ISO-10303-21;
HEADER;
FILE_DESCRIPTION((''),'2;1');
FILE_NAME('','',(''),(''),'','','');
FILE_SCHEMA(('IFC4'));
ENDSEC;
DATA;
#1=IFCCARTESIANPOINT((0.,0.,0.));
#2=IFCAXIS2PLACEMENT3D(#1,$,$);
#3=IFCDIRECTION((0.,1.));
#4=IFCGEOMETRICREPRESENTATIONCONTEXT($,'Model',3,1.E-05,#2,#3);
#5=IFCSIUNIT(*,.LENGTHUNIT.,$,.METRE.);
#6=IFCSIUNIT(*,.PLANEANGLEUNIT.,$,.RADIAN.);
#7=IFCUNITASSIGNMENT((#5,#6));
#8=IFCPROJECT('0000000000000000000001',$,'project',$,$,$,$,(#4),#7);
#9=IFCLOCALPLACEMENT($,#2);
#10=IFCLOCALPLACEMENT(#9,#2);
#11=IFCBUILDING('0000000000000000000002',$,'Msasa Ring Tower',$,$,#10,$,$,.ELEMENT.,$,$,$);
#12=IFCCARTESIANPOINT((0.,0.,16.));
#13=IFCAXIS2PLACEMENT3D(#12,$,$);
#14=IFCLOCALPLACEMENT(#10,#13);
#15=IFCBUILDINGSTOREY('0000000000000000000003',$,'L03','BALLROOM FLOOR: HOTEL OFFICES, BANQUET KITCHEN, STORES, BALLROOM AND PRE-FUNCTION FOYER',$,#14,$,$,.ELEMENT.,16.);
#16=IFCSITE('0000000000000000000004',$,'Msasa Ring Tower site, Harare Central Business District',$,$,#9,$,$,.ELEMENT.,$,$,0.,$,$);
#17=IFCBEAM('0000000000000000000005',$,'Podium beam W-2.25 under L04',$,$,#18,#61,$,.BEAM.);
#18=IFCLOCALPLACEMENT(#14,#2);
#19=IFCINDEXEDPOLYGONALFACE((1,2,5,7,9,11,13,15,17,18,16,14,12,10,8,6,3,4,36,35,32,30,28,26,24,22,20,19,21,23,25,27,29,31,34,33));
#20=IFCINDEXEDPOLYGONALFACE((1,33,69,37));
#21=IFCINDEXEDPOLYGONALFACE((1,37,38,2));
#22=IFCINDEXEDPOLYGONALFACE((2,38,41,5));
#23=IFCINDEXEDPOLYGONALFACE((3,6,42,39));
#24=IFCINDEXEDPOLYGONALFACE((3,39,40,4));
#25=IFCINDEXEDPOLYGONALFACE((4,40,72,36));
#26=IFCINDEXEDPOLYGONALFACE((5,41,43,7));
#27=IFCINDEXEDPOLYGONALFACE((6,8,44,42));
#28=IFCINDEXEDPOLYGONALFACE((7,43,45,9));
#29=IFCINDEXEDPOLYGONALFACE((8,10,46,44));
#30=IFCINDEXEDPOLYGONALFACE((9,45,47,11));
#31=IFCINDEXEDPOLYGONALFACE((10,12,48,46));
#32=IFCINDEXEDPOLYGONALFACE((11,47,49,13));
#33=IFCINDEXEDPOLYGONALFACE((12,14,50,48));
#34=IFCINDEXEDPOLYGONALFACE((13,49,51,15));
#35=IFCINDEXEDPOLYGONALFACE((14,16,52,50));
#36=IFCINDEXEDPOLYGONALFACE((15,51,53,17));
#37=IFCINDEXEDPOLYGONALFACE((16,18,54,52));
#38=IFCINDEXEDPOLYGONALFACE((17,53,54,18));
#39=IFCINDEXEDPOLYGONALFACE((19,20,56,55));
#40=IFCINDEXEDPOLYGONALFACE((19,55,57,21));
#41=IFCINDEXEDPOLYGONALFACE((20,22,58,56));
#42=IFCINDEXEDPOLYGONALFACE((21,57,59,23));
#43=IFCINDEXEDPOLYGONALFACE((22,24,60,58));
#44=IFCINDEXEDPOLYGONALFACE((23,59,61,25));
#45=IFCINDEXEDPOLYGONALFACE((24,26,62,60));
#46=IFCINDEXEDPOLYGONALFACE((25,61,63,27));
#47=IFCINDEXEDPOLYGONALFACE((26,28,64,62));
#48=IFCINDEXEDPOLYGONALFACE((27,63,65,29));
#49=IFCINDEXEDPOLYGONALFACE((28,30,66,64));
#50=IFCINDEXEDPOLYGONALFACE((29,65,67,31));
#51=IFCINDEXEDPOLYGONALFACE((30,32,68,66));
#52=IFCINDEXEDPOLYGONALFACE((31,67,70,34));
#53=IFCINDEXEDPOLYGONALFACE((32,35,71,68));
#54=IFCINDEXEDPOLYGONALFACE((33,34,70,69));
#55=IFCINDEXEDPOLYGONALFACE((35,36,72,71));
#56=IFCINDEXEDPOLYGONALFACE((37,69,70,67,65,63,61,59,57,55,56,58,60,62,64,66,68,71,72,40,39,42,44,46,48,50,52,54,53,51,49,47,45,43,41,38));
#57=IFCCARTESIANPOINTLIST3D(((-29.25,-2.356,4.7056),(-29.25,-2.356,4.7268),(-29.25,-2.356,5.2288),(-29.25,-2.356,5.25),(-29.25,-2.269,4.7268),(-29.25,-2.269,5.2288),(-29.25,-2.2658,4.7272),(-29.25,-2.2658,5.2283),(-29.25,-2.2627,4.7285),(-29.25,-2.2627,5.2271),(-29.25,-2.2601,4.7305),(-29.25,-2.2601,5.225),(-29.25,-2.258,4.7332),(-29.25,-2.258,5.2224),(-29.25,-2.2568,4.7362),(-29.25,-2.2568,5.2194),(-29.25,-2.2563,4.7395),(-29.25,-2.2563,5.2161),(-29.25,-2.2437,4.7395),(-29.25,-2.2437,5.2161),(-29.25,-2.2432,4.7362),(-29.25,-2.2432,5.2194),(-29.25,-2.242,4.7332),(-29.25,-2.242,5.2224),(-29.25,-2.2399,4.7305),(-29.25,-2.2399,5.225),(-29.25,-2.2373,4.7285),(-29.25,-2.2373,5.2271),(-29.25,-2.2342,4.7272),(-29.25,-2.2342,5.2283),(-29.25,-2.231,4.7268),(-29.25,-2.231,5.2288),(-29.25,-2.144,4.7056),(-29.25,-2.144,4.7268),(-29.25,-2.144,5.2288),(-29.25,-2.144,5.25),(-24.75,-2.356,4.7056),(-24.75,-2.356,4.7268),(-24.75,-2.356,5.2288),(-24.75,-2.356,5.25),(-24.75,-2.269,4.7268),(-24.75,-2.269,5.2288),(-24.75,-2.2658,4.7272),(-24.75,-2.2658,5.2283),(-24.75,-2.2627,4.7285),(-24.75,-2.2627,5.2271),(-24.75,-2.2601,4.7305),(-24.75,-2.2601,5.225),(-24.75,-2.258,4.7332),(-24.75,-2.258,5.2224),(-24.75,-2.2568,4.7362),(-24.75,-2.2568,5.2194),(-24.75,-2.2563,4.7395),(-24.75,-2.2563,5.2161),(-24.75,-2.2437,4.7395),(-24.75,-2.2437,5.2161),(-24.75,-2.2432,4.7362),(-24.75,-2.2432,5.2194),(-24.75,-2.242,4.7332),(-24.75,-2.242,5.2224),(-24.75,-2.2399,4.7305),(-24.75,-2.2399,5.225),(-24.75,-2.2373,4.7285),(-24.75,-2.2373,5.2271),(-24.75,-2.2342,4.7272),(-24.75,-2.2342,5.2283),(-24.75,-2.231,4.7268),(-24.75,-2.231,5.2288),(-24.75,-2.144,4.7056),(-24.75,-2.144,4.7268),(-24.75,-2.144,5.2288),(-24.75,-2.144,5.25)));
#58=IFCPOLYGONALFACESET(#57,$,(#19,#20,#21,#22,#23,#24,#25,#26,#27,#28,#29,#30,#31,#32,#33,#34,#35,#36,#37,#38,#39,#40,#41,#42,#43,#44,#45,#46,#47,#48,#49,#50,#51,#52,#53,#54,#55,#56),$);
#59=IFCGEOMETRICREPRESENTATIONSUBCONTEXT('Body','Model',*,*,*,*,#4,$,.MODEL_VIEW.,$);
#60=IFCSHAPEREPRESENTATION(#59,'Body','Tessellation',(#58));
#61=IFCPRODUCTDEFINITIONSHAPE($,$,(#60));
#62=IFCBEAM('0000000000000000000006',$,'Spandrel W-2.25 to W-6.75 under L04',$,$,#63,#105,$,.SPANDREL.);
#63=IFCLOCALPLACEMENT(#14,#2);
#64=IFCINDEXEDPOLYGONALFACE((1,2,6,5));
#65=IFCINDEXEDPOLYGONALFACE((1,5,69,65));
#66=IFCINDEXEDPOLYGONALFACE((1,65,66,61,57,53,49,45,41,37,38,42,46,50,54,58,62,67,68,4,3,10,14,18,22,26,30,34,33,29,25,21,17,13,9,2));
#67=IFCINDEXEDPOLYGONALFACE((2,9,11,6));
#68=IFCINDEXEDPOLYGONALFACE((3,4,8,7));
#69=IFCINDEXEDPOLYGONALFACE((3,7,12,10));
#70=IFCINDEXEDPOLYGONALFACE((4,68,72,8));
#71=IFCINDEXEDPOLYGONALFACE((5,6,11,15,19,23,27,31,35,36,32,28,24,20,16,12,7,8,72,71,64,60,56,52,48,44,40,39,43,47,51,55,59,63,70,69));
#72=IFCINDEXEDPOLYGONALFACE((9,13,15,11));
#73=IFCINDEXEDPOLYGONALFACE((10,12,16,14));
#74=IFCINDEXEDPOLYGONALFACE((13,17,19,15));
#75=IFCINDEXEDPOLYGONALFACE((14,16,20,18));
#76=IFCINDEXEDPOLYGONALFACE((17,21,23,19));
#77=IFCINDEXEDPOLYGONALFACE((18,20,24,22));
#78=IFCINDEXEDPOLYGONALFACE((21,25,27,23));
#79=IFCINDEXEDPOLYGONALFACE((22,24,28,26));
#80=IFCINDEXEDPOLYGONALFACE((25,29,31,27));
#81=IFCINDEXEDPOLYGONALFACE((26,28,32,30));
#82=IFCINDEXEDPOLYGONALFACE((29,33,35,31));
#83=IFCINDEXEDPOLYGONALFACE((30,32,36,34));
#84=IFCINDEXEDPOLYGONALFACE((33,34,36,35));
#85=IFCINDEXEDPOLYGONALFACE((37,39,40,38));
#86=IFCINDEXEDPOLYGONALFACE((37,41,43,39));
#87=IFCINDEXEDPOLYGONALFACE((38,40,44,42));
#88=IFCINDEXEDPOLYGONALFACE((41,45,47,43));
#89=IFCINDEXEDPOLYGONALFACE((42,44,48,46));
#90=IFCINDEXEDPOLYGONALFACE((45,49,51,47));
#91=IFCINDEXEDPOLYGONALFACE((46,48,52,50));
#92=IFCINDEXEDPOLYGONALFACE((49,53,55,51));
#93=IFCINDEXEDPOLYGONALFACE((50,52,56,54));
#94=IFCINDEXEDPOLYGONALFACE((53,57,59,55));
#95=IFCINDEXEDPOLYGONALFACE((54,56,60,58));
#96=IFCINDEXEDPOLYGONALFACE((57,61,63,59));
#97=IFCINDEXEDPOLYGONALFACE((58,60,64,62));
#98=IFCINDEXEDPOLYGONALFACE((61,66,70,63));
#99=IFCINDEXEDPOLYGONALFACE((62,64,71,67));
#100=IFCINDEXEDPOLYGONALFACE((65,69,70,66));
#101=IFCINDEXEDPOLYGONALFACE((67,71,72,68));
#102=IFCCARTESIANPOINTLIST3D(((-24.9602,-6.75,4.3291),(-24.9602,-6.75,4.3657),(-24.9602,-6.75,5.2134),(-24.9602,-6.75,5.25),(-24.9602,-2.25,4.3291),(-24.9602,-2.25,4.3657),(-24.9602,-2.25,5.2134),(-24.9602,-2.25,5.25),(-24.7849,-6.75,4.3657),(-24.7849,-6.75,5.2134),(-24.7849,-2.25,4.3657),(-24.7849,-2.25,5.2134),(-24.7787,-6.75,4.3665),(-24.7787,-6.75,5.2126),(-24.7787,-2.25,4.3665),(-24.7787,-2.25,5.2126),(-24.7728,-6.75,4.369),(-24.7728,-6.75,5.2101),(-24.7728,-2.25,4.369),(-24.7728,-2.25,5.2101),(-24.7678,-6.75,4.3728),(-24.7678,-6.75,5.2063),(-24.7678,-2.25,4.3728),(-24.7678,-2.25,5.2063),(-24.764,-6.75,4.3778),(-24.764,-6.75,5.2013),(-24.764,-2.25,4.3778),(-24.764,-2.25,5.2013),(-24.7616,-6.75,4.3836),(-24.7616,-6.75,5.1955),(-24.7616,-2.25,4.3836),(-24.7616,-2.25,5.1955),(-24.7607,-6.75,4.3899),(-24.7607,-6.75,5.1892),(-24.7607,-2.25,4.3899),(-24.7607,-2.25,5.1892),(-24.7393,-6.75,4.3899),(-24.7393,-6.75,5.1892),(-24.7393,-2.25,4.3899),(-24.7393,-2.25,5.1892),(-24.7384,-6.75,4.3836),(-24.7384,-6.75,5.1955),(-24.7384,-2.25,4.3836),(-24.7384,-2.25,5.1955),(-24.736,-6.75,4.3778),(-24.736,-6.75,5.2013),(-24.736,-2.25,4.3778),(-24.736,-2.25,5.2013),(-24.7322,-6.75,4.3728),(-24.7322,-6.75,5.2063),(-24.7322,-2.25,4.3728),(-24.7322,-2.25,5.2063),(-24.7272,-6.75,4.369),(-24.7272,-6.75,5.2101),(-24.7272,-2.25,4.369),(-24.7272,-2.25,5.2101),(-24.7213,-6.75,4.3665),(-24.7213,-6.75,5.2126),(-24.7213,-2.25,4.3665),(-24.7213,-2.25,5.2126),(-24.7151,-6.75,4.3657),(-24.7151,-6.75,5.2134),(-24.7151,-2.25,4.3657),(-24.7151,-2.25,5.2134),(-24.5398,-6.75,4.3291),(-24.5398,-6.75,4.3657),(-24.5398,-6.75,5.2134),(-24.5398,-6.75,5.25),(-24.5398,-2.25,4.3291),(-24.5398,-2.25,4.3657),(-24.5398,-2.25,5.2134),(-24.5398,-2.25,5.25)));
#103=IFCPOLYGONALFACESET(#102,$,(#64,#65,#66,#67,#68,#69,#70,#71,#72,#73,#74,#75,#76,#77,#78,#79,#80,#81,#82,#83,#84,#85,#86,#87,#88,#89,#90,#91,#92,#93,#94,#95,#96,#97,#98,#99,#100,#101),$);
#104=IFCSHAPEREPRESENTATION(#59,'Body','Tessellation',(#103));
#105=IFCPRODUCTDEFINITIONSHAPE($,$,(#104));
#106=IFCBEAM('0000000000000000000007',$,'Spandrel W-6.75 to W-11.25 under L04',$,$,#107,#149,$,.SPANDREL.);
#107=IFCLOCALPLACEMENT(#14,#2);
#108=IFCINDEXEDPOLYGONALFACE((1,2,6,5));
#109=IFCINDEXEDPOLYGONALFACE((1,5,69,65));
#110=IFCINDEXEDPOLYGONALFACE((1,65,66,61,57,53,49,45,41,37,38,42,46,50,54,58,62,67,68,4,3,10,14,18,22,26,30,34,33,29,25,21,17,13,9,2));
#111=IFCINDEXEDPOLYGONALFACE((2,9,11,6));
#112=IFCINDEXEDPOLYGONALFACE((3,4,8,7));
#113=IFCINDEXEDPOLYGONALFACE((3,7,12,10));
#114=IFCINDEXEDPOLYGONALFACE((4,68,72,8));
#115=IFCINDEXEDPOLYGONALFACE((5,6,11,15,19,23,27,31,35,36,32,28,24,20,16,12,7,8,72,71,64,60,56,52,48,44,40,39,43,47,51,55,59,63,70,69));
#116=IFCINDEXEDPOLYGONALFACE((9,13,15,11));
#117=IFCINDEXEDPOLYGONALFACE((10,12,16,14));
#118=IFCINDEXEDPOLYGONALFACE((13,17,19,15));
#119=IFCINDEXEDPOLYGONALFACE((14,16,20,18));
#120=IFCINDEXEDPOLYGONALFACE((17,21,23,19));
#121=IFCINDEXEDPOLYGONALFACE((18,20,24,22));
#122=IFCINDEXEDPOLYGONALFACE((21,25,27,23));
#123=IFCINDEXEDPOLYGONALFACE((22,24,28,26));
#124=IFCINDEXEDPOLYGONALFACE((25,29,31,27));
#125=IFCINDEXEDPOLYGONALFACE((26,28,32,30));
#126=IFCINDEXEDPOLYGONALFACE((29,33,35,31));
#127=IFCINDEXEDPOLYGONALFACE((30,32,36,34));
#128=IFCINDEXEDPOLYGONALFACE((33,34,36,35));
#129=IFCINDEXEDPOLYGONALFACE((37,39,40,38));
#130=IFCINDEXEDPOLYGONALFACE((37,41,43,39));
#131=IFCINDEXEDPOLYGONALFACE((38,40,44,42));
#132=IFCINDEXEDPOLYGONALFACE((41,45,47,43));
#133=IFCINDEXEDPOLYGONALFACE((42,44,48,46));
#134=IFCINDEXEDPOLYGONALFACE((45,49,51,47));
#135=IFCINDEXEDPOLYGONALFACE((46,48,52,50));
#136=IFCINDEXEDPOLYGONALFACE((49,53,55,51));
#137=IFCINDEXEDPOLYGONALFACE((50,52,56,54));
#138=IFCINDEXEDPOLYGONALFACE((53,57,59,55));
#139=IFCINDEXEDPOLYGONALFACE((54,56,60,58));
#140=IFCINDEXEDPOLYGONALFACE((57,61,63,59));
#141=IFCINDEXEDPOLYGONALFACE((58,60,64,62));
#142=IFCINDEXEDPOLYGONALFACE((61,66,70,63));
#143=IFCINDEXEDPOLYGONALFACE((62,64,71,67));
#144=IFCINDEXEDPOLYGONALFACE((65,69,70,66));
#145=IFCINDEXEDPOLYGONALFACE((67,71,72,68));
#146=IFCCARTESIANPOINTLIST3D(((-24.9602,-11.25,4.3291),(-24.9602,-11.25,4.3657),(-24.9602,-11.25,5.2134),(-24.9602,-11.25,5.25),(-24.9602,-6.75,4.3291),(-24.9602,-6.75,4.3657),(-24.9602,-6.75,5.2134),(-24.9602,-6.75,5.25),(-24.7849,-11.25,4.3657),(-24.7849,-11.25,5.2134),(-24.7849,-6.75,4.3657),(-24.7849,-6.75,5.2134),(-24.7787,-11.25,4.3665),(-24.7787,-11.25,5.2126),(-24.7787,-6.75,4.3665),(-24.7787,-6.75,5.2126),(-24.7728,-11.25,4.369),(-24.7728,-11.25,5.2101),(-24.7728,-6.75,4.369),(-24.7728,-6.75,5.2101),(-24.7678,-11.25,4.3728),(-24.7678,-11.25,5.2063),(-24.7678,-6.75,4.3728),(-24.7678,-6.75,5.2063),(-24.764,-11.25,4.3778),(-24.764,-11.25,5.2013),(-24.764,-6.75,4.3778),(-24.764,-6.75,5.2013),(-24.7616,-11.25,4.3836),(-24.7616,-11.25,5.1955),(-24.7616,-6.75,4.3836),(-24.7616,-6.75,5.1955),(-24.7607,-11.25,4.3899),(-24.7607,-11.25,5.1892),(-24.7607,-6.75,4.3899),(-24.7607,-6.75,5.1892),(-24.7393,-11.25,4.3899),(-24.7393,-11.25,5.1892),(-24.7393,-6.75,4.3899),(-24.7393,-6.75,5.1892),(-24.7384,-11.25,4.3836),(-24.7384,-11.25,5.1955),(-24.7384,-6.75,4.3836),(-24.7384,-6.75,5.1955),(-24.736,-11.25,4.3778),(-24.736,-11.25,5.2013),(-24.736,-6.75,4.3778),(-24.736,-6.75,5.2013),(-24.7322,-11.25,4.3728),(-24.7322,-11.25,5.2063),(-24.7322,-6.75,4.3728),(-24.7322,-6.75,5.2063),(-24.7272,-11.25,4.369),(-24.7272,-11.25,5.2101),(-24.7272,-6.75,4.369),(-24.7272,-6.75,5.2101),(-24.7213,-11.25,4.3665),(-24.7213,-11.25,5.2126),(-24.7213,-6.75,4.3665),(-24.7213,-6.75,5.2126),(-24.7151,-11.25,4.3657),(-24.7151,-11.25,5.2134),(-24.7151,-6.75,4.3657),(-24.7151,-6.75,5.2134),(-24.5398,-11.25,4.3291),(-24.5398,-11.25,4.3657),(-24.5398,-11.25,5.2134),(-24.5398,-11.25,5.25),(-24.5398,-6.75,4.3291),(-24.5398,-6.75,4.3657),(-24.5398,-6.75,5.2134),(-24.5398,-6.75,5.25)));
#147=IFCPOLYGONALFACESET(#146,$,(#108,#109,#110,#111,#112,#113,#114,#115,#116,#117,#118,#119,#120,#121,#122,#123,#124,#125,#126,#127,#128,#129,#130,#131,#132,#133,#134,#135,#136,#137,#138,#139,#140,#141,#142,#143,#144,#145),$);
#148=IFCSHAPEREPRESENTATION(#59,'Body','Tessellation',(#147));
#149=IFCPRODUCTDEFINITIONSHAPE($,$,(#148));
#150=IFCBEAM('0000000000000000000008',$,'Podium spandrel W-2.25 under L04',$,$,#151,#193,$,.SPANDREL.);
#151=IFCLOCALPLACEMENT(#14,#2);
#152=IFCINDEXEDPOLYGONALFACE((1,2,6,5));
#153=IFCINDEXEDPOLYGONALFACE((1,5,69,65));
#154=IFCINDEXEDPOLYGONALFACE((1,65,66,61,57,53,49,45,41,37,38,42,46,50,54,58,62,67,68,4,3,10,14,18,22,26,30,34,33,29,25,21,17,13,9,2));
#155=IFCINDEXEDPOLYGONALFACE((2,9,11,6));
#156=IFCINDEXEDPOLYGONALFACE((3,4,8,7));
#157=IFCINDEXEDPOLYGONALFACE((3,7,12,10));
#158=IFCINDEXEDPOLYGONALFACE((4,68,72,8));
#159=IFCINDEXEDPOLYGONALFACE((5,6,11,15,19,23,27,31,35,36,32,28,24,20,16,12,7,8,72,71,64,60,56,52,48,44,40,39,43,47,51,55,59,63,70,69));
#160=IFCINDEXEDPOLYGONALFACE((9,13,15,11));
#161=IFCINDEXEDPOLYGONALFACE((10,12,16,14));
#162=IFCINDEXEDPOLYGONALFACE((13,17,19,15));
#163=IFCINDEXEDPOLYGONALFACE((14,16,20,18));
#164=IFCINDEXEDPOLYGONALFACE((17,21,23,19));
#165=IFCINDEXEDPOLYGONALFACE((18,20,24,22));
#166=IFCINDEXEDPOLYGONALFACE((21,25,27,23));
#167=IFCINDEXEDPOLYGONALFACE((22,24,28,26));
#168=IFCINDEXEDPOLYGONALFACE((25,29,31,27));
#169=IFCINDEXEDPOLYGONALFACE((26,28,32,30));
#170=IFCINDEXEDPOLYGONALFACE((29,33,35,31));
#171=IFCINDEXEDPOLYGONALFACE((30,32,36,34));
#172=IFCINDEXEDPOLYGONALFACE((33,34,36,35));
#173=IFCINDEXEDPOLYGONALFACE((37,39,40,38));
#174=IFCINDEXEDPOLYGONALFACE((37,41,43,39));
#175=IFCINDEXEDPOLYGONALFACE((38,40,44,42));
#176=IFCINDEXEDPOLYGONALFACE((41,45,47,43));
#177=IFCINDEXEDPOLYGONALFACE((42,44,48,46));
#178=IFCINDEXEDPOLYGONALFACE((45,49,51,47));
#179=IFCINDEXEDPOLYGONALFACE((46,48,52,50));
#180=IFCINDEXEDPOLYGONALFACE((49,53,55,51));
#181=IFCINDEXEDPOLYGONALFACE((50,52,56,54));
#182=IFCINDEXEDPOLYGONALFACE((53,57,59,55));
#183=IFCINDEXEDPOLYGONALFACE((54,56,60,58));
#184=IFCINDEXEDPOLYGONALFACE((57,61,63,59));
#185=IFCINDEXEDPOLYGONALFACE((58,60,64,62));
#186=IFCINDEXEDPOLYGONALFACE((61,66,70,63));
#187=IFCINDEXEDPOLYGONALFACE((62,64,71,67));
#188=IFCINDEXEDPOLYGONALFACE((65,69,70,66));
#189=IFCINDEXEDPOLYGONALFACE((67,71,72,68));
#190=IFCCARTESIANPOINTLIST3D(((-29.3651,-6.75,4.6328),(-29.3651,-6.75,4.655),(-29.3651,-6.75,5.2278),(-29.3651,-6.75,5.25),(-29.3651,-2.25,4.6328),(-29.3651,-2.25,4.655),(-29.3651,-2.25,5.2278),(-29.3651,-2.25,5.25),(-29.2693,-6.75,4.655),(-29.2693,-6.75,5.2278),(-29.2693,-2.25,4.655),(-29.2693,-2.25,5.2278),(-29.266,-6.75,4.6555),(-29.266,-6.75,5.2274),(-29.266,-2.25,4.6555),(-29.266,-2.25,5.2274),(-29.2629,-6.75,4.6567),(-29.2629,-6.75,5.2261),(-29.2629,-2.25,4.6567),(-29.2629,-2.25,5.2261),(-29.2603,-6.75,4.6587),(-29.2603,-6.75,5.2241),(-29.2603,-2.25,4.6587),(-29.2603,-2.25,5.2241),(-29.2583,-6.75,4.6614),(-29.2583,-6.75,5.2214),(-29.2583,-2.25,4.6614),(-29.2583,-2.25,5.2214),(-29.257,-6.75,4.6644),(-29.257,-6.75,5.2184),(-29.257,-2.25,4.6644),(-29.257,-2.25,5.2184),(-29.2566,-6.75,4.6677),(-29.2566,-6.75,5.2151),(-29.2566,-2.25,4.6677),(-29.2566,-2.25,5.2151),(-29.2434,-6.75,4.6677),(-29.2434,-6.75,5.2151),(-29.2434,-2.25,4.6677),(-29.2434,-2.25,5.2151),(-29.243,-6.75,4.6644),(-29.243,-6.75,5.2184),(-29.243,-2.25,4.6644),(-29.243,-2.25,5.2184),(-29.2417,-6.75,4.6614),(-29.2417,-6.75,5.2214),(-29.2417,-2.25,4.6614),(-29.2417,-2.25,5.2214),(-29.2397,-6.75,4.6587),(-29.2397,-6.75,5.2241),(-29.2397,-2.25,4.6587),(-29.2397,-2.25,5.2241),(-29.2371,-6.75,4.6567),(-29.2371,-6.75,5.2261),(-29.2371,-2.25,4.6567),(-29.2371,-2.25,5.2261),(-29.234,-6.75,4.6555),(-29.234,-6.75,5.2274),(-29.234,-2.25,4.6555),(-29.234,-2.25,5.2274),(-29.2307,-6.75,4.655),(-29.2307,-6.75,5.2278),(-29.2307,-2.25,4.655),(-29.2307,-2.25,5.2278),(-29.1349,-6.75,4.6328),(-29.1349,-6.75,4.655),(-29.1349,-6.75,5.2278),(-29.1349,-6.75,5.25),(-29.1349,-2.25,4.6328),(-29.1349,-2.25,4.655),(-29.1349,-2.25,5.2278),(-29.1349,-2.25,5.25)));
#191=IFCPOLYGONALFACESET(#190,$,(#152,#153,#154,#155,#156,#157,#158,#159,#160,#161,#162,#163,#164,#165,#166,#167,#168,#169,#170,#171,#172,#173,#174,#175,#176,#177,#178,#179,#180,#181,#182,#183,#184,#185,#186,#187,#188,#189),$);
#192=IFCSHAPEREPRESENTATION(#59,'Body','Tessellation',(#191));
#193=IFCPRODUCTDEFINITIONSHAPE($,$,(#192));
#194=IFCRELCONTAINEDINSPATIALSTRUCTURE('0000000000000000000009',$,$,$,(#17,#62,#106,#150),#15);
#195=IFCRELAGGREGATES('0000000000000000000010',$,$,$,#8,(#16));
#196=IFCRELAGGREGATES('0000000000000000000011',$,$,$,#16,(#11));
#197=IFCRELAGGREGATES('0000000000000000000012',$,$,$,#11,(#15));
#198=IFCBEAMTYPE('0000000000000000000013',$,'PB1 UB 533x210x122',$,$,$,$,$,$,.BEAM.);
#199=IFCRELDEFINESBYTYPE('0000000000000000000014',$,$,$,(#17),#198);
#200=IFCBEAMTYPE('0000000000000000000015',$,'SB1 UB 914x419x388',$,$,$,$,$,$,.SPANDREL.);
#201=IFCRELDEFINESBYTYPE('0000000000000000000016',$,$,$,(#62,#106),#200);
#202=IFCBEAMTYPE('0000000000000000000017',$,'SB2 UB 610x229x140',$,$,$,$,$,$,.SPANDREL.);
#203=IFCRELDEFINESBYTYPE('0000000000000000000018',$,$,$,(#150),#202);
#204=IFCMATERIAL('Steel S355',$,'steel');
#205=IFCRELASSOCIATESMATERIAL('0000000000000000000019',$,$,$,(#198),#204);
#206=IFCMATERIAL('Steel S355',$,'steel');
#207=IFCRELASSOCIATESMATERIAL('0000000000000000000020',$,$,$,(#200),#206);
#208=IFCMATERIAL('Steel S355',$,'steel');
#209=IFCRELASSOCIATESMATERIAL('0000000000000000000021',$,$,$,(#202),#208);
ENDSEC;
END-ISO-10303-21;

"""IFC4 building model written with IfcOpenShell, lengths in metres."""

from ifc_helpers import new_model, si_unit, direction, frame, origin, origin_2d, place, context, subcontext, project, spatial, i_section, extrude, material, material_profile, profile_set, type_object, element, save


model = new_model("IFC4")

# Units and contexts
model_context = context("Model", 3, precision=1e-05, world=origin(), true_north=direction((0.0, 1.0)))
body_context = subcontext(model_context, "Body", "Model", "MODEL_VIEW")
ifc_project = project(units=[si_unit("LENGTHUNIT", "METRE"), si_unit("PLANEANGLEUNIT", "RADIAN")], contexts=[model_context])

# Site, building, storey
site_placement = place(None, origin())
site = spatial("IfcSite", under=ifc_project, at=site_placement, Name="Msasa Ring Tower site, Harare Central Business District", CompositionType="ELEMENT", RefElevation=0.0)
building_placement = place(site_placement, origin())
building = spatial("IfcBuilding", under=site, at=building_placement, Name="Msasa Ring Tower", CompositionType="ELEMENT")
storey_placement = place(building_placement, frame((0.0, 0.0, 16.0)))
storey = spatial("IfcBuildingStorey", under=building, at=storey_placement, Name="L03", Description="BALLROOM FLOOR: HOTEL OFFICES, BANQUET KITCHEN, STORES, BALLROOM AND PRE-FUNCTION FOYER", CompositionType="ELEMENT", Elevation=16.0)

# Beams
ifc_material_1 = material(Name="Steel S355", Category="steel")
ifc_material_profile_1 = material_profile(ifc_material_1, i_section(OverallWidth=0.2119, OverallDepth=0.5444, WebThickness=0.0127, FlangeThickness=0.0212, FilletRadius=0.0127, at=origin_2d()), Name="UB 533x210x122")
ifc_profile_set_1 = profile_set([ifc_material_profile_1], Name="Steel S355")
beam_type_1 = type_object("IfcBeamType", Name="PB1 UB 533x210x122", PredefinedType="BEAM", material=ifc_profile_set_1)
for number, where, z_axis, x_axis, name in (
    (1, (-29.25, -2.25, 4.9778), (1.0, 0.0, 0.0), (0.0, 1.0, 0.0), "Podium beam W-2.25 under L04"),
):
    element("IfcBeam", number, at=place(storey_placement, frame(where, z_axis=z_axis, x_axis=x_axis)), inside=storey, type_object=beam_type_1, Name=name, PredefinedType="BEAM", context=body_context, shape_type="SweptSolid", body=[
        extrude(i_section(OverallWidth=0.2119, OverallDepth=0.5444, WebThickness=0.0127, FlangeThickness=0.0212, FilletRadius=0.0127, at=origin_2d()), origin(), (0.0, 0.0, 1.0), 4.5),
    ])
ifc_material_2 = material(Name="Steel S355", Category="steel")
ifc_material_profile_2 = material_profile(ifc_material_2, i_section(OverallWidth=0.4204, OverallDepth=0.9209, WebThickness=0.0215, FlangeThickness=0.0366, FilletRadius=0.0242, at=origin_2d()), Name="UB 914x419x388")
ifc_profile_set_2 = profile_set([ifc_material_profile_2], Name="Steel S355")
beam_type_2 = type_object("IfcBeamType", Name="SB1 UB 914x419x388", PredefinedType="SPANDREL", material=ifc_profile_set_2)
for number, where, z_axis, x_axis, name in (
    (2, (-24.75, -2.25, 4.7896), (0.0, -1.0, 0.0), (1.0, 0.0, 0.0), "Spandrel W-2.25 to W-6.75 under L04"),
    (3, (-24.75, -6.75, 4.7896), (0.0, -1.0, 0.0), (1.0, 0.0, 0.0), "Spandrel W-6.75 to W-11.25 under L04"),
):
    element("IfcBeam", number, at=place(storey_placement, frame(where, z_axis=z_axis, x_axis=x_axis)), inside=storey, type_object=beam_type_2, Name=name, PredefinedType="SPANDREL", context=body_context, shape_type="SweptSolid", body=[
        extrude(i_section(OverallWidth=0.4204, OverallDepth=0.9209, WebThickness=0.0215, FlangeThickness=0.0366, FilletRadius=0.0242, at=origin_2d()), origin(), (0.0, 0.0, 1.0), 4.5),
    ])
ifc_material_3 = material(Name="Steel S355", Category="steel")
ifc_material_profile_3 = material_profile(ifc_material_3, i_section(OverallWidth=0.2302, OverallDepth=0.6172, WebThickness=0.0132, FlangeThickness=0.0222, FilletRadius=0.0127, at=origin_2d()), Name="UB 610x229x140")
ifc_profile_set_3 = profile_set([ifc_material_profile_3], Name="Steel S355")
beam_type_3 = type_object("IfcBeamType", Name="SB2 UB 610x229x140", PredefinedType="SPANDREL", material=ifc_profile_set_3)
beam_1_placement = place(storey_placement, frame((-29.25, -2.25, 4.9414), z_axis=(0.0, -1.0, 0.0), x_axis=(1.0, 0.0, 0.0)))
element("IfcBeam", 4, at=beam_1_placement, inside=storey, type_object=beam_type_3, Name="Podium spandrel W-2.25 under L04", PredefinedType="SPANDREL", context=body_context, shape_type="SweptSolid", body=[
    extrude(i_section(OverallWidth=0.2302, OverallDepth=0.6172, WebThickness=0.0132, FlangeThickness=0.0222, FilletRadius=0.0127, at=origin_2d()), origin(), (0.0, 0.0, 1.0), 4.5),
])

save(model, "model.ifc")
